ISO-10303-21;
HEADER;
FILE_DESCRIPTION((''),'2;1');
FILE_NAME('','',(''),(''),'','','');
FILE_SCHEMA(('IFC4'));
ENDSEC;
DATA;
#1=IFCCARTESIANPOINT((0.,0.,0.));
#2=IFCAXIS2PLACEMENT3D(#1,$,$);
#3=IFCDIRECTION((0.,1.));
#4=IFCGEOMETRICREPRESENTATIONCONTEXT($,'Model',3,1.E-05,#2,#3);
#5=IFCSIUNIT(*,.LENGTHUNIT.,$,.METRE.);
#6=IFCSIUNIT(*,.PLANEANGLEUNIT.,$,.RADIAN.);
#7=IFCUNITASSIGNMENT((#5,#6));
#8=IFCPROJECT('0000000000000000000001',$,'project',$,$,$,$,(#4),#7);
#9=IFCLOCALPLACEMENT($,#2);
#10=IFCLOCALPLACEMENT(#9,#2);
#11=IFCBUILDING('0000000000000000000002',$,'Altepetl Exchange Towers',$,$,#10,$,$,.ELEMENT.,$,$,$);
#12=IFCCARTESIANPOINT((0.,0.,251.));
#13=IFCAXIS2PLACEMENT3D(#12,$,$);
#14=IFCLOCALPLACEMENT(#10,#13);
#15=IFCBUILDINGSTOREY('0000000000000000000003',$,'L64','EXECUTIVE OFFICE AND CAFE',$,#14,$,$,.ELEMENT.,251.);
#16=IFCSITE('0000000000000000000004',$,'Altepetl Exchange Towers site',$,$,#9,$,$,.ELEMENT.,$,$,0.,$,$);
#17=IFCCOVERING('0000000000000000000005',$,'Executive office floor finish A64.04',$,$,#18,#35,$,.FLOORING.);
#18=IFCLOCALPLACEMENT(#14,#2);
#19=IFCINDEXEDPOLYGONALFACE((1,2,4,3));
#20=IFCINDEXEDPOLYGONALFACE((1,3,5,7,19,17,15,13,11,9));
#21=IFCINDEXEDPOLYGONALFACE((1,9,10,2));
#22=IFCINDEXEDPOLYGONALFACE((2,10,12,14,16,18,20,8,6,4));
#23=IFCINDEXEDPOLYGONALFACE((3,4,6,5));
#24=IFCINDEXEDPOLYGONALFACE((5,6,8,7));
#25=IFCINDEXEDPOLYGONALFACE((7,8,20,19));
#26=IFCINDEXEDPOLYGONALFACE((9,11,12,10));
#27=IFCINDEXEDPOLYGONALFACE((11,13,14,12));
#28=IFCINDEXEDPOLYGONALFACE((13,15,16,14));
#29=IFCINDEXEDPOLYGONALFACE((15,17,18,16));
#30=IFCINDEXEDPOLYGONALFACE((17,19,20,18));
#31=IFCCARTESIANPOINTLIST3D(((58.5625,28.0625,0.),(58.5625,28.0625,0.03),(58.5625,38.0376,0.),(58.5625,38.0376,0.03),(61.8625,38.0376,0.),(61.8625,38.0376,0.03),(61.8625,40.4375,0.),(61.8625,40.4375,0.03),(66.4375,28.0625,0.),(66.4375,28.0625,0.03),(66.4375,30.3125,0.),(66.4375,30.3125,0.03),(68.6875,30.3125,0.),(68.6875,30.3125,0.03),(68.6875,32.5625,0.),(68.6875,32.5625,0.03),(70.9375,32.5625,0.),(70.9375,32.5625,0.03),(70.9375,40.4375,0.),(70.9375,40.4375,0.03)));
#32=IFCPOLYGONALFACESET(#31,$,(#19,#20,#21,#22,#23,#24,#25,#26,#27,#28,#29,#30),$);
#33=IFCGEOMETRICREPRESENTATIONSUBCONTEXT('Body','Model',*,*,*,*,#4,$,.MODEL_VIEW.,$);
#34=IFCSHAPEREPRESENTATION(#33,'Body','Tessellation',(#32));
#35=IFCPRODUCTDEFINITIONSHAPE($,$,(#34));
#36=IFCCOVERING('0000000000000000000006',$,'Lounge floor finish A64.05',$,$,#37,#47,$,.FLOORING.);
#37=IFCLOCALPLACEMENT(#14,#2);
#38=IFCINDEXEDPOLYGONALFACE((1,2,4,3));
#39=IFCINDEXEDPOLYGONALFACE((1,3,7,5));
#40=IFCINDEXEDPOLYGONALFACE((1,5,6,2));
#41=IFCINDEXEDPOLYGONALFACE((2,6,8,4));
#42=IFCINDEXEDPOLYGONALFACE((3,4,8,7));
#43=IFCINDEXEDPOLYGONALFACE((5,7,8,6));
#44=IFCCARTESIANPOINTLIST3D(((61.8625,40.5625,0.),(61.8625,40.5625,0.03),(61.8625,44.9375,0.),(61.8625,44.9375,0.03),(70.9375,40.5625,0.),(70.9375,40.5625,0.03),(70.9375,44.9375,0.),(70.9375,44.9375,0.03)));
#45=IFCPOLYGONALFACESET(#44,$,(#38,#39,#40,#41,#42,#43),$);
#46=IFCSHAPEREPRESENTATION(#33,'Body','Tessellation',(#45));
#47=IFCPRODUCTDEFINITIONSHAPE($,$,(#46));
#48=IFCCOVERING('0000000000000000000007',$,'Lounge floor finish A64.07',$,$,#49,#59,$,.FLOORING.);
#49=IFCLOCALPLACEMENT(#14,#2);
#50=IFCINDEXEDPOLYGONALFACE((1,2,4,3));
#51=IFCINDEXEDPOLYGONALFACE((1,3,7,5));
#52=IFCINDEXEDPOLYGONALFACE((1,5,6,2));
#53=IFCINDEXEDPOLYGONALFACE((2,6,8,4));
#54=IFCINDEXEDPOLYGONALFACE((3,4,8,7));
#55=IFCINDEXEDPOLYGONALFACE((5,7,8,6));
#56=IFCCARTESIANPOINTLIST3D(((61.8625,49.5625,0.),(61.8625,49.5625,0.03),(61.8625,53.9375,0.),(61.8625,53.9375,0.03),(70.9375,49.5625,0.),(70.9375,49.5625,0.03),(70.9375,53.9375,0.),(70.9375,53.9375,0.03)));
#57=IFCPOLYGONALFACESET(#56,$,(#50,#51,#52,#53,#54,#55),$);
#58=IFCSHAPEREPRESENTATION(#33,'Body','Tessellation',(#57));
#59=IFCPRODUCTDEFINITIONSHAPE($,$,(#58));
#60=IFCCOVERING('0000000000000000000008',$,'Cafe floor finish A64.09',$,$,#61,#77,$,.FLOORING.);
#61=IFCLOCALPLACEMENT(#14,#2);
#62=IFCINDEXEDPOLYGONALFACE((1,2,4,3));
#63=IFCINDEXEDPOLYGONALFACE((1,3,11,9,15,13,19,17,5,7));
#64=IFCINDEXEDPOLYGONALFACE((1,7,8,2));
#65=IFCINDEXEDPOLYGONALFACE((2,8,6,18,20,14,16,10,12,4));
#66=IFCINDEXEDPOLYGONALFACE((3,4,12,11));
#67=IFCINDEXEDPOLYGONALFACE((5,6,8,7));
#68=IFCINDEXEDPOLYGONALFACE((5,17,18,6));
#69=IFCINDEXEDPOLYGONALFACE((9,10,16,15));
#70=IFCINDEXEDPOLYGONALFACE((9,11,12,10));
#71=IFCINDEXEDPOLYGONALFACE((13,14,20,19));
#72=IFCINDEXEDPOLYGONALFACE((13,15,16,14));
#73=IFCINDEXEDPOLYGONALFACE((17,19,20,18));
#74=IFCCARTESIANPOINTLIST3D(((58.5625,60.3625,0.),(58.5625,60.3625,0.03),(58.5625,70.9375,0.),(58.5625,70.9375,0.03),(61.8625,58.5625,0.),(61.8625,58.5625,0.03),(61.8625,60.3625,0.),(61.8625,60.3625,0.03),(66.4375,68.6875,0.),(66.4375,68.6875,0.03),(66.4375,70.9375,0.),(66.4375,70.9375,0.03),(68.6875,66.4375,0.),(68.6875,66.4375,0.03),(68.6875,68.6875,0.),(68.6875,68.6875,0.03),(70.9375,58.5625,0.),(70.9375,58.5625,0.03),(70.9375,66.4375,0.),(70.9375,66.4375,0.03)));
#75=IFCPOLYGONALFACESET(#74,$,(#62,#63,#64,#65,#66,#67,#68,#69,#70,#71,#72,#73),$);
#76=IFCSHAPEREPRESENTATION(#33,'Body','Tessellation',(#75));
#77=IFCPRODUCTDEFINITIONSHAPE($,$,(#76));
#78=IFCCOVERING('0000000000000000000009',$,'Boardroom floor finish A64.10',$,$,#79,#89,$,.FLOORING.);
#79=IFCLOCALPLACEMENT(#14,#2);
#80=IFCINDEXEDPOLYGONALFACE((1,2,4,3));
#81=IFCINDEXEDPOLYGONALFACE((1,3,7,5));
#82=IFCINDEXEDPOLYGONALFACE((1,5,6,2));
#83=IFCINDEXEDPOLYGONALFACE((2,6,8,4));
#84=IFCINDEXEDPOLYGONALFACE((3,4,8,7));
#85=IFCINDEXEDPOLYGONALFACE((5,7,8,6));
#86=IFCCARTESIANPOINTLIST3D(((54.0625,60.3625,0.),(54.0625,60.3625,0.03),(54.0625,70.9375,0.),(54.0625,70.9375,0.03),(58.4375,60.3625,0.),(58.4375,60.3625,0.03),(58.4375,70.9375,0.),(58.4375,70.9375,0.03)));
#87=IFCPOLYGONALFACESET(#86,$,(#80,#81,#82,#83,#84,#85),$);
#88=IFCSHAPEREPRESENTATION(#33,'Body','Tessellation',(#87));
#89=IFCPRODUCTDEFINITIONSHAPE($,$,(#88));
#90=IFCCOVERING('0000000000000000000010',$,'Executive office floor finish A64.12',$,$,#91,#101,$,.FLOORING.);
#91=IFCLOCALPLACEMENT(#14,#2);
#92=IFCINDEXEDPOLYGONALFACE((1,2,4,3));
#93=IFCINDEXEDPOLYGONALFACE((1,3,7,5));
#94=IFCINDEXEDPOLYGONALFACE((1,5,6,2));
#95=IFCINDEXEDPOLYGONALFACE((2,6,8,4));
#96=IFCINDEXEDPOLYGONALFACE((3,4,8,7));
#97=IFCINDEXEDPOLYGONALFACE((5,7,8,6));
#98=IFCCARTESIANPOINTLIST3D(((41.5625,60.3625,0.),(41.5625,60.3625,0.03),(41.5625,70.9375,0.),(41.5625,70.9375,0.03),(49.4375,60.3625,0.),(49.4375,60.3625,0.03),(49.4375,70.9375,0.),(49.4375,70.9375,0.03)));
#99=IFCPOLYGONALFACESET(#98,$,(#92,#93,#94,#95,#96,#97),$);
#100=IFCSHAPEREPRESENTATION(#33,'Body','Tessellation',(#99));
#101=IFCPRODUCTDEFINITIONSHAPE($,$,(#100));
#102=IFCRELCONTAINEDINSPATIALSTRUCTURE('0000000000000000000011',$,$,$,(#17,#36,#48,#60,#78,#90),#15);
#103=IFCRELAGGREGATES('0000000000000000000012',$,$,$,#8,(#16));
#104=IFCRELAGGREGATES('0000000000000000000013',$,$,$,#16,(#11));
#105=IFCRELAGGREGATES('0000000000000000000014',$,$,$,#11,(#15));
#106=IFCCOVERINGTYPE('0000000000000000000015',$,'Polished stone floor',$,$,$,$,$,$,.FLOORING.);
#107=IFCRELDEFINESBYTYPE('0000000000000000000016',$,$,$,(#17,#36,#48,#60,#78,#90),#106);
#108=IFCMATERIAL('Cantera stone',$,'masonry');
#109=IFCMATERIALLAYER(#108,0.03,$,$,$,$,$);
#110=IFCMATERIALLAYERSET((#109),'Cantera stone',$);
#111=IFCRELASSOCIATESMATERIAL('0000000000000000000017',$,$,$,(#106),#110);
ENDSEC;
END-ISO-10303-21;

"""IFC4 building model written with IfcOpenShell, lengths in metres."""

from ifc_helpers import new_model, si_unit, direction, frame, origin, place, context, subcontext, project, spatial, polyline, outline, extrude, material, layer, layer_set, type_object, element, save


model = new_model("IFC4")

# Units and contexts
model_context = context("Model", 3, precision=1e-05, world=origin(), true_north=direction((0.0, 1.0)))
body_context = subcontext(model_context, "Body", "Model", "MODEL_VIEW")
ifc_project = project(units=[si_unit("LENGTHUNIT", "METRE"), si_unit("PLANEANGLEUNIT", "RADIAN")], contexts=[model_context])

# Site, building, storey
site_placement = place(None, origin())
site = spatial("IfcSite", under=ifc_project, at=site_placement, Name="Altepetl Exchange Towers site", CompositionType="ELEMENT", RefElevation=0.0)
building_placement = place(site_placement, origin())
building = spatial("IfcBuilding", under=site, at=building_placement, Name="Altepetl Exchange Towers", CompositionType="ELEMENT")
storey_placement = place(building_placement, frame((0.0, 0.0, 251.0)))
storey = spatial("IfcBuildingStorey", under=building, at=storey_placement, Name="L64", Description="EXECUTIVE OFFICE AND CAFE", CompositionType="ELEMENT", Elevation=251.0)

# Coverings
ifc_material_1 = material(Name="Cantera stone", Category="masonry")
ifc_layer_1 = layer(ifc_material_1, 0.03)
ifc_layer_set_1 = layer_set([ifc_layer_1], Name="Cantera stone")
covering_type_1 = type_object("IfcCoveringType", Name="Polished stone floor", PredefinedType="FLOORING", material=ifc_layer_set_1)
covering_1_placement = place(storey_placement, origin())
element("IfcCovering", 1, at=covering_1_placement, inside=storey, type_object=covering_type_1, Name="Executive office floor finish A64.04", PredefinedType="FLOORING", context=body_context, shape_type="SweptSolid", body=[
    extrude(outline(polyline([(70.9375, 40.4375), (61.8625, 40.4375), (61.8625, 38.0376), (58.5625, 38.0376), (58.5625, 28.0625), (66.4375, 28.0625), (66.4375, 30.3125), (68.6875, 30.3125), (68.6875, 32.5625), (70.9375, 32.5625), (70.9375, 40.4375)])), origin(), (0.0, 0.0, 1.0), 0.03),
])
covering_2_placement = place(storey_placement, origin())
element("IfcCovering", 2, at=covering_2_placement, inside=storey, type_object=covering_type_1, Name="Lounge floor finish A64.05", PredefinedType="FLOORING", context=body_context, shape_type="SweptSolid", body=[
    extrude(outline(polyline([(70.9375, 44.9375), (61.8625, 44.9375), (61.8625, 40.5625), (70.9375, 40.5625), (70.9375, 44.9375)])), origin(), (0.0, 0.0, 1.0), 0.03),
])
covering_3_placement = place(storey_placement, origin())
element("IfcCovering", 3, at=covering_3_placement, inside=storey, type_object=covering_type_1, Name="Lounge floor finish A64.07", PredefinedType="FLOORING", context=body_context, shape_type="SweptSolid", body=[
    extrude(outline(polyline([(70.9375, 53.9375), (61.8625, 53.9375), (61.8625, 49.5625), (70.9375, 49.5625), (70.9375, 53.9375)])), origin(), (0.0, 0.0, 1.0), 0.03),
])
covering_4_placement = place(storey_placement, origin())
element("IfcCovering", 4, at=covering_4_placement, inside=storey, type_object=covering_type_1, Name="Cafe floor finish A64.09", PredefinedType="FLOORING", context=body_context, shape_type="SweptSolid", body=[
    extrude(outline(polyline([(66.4375, 70.9375), (58.5625, 70.9375), (58.5625, 60.3625), (61.8625, 60.3625), (61.8625, 58.5625), (70.9375, 58.5625), (70.9375, 66.4375), (68.6875, 66.4375), (68.6875, 68.6875), (66.4375, 68.6875), (66.4375, 70.9375)])), origin(), (0.0, 0.0, 1.0), 0.03),
])
covering_5_placement = place(storey_placement, origin())
element("IfcCovering", 5, at=covering_5_placement, inside=storey, type_object=covering_type_1, Name="Boardroom floor finish A64.10", PredefinedType="FLOORING", context=body_context, shape_type="SweptSolid", body=[
    extrude(outline(polyline([(58.4375, 60.3625), (58.4375, 70.9375), (54.0625, 70.9375), (54.0625, 60.3625), (58.4375, 60.3625)])), origin(), (0.0, 0.0, 1.0), 0.03),
])
covering_6_placement = place(storey_placement, origin())
element("IfcCovering", 6, at=covering_6_placement, inside=storey, type_object=covering_type_1, Name="Executive office floor finish A64.12", PredefinedType="FLOORING", context=body_context, shape_type="SweptSolid", body=[
    extrude(outline(polyline([(49.4375, 60.3625), (49.4375, 70.9375), (41.5625, 70.9375), (41.5625, 60.3625), (49.4375, 60.3625)])), origin(), (0.0, 0.0, 1.0), 0.03),
])

save(model, "model.ifc")
